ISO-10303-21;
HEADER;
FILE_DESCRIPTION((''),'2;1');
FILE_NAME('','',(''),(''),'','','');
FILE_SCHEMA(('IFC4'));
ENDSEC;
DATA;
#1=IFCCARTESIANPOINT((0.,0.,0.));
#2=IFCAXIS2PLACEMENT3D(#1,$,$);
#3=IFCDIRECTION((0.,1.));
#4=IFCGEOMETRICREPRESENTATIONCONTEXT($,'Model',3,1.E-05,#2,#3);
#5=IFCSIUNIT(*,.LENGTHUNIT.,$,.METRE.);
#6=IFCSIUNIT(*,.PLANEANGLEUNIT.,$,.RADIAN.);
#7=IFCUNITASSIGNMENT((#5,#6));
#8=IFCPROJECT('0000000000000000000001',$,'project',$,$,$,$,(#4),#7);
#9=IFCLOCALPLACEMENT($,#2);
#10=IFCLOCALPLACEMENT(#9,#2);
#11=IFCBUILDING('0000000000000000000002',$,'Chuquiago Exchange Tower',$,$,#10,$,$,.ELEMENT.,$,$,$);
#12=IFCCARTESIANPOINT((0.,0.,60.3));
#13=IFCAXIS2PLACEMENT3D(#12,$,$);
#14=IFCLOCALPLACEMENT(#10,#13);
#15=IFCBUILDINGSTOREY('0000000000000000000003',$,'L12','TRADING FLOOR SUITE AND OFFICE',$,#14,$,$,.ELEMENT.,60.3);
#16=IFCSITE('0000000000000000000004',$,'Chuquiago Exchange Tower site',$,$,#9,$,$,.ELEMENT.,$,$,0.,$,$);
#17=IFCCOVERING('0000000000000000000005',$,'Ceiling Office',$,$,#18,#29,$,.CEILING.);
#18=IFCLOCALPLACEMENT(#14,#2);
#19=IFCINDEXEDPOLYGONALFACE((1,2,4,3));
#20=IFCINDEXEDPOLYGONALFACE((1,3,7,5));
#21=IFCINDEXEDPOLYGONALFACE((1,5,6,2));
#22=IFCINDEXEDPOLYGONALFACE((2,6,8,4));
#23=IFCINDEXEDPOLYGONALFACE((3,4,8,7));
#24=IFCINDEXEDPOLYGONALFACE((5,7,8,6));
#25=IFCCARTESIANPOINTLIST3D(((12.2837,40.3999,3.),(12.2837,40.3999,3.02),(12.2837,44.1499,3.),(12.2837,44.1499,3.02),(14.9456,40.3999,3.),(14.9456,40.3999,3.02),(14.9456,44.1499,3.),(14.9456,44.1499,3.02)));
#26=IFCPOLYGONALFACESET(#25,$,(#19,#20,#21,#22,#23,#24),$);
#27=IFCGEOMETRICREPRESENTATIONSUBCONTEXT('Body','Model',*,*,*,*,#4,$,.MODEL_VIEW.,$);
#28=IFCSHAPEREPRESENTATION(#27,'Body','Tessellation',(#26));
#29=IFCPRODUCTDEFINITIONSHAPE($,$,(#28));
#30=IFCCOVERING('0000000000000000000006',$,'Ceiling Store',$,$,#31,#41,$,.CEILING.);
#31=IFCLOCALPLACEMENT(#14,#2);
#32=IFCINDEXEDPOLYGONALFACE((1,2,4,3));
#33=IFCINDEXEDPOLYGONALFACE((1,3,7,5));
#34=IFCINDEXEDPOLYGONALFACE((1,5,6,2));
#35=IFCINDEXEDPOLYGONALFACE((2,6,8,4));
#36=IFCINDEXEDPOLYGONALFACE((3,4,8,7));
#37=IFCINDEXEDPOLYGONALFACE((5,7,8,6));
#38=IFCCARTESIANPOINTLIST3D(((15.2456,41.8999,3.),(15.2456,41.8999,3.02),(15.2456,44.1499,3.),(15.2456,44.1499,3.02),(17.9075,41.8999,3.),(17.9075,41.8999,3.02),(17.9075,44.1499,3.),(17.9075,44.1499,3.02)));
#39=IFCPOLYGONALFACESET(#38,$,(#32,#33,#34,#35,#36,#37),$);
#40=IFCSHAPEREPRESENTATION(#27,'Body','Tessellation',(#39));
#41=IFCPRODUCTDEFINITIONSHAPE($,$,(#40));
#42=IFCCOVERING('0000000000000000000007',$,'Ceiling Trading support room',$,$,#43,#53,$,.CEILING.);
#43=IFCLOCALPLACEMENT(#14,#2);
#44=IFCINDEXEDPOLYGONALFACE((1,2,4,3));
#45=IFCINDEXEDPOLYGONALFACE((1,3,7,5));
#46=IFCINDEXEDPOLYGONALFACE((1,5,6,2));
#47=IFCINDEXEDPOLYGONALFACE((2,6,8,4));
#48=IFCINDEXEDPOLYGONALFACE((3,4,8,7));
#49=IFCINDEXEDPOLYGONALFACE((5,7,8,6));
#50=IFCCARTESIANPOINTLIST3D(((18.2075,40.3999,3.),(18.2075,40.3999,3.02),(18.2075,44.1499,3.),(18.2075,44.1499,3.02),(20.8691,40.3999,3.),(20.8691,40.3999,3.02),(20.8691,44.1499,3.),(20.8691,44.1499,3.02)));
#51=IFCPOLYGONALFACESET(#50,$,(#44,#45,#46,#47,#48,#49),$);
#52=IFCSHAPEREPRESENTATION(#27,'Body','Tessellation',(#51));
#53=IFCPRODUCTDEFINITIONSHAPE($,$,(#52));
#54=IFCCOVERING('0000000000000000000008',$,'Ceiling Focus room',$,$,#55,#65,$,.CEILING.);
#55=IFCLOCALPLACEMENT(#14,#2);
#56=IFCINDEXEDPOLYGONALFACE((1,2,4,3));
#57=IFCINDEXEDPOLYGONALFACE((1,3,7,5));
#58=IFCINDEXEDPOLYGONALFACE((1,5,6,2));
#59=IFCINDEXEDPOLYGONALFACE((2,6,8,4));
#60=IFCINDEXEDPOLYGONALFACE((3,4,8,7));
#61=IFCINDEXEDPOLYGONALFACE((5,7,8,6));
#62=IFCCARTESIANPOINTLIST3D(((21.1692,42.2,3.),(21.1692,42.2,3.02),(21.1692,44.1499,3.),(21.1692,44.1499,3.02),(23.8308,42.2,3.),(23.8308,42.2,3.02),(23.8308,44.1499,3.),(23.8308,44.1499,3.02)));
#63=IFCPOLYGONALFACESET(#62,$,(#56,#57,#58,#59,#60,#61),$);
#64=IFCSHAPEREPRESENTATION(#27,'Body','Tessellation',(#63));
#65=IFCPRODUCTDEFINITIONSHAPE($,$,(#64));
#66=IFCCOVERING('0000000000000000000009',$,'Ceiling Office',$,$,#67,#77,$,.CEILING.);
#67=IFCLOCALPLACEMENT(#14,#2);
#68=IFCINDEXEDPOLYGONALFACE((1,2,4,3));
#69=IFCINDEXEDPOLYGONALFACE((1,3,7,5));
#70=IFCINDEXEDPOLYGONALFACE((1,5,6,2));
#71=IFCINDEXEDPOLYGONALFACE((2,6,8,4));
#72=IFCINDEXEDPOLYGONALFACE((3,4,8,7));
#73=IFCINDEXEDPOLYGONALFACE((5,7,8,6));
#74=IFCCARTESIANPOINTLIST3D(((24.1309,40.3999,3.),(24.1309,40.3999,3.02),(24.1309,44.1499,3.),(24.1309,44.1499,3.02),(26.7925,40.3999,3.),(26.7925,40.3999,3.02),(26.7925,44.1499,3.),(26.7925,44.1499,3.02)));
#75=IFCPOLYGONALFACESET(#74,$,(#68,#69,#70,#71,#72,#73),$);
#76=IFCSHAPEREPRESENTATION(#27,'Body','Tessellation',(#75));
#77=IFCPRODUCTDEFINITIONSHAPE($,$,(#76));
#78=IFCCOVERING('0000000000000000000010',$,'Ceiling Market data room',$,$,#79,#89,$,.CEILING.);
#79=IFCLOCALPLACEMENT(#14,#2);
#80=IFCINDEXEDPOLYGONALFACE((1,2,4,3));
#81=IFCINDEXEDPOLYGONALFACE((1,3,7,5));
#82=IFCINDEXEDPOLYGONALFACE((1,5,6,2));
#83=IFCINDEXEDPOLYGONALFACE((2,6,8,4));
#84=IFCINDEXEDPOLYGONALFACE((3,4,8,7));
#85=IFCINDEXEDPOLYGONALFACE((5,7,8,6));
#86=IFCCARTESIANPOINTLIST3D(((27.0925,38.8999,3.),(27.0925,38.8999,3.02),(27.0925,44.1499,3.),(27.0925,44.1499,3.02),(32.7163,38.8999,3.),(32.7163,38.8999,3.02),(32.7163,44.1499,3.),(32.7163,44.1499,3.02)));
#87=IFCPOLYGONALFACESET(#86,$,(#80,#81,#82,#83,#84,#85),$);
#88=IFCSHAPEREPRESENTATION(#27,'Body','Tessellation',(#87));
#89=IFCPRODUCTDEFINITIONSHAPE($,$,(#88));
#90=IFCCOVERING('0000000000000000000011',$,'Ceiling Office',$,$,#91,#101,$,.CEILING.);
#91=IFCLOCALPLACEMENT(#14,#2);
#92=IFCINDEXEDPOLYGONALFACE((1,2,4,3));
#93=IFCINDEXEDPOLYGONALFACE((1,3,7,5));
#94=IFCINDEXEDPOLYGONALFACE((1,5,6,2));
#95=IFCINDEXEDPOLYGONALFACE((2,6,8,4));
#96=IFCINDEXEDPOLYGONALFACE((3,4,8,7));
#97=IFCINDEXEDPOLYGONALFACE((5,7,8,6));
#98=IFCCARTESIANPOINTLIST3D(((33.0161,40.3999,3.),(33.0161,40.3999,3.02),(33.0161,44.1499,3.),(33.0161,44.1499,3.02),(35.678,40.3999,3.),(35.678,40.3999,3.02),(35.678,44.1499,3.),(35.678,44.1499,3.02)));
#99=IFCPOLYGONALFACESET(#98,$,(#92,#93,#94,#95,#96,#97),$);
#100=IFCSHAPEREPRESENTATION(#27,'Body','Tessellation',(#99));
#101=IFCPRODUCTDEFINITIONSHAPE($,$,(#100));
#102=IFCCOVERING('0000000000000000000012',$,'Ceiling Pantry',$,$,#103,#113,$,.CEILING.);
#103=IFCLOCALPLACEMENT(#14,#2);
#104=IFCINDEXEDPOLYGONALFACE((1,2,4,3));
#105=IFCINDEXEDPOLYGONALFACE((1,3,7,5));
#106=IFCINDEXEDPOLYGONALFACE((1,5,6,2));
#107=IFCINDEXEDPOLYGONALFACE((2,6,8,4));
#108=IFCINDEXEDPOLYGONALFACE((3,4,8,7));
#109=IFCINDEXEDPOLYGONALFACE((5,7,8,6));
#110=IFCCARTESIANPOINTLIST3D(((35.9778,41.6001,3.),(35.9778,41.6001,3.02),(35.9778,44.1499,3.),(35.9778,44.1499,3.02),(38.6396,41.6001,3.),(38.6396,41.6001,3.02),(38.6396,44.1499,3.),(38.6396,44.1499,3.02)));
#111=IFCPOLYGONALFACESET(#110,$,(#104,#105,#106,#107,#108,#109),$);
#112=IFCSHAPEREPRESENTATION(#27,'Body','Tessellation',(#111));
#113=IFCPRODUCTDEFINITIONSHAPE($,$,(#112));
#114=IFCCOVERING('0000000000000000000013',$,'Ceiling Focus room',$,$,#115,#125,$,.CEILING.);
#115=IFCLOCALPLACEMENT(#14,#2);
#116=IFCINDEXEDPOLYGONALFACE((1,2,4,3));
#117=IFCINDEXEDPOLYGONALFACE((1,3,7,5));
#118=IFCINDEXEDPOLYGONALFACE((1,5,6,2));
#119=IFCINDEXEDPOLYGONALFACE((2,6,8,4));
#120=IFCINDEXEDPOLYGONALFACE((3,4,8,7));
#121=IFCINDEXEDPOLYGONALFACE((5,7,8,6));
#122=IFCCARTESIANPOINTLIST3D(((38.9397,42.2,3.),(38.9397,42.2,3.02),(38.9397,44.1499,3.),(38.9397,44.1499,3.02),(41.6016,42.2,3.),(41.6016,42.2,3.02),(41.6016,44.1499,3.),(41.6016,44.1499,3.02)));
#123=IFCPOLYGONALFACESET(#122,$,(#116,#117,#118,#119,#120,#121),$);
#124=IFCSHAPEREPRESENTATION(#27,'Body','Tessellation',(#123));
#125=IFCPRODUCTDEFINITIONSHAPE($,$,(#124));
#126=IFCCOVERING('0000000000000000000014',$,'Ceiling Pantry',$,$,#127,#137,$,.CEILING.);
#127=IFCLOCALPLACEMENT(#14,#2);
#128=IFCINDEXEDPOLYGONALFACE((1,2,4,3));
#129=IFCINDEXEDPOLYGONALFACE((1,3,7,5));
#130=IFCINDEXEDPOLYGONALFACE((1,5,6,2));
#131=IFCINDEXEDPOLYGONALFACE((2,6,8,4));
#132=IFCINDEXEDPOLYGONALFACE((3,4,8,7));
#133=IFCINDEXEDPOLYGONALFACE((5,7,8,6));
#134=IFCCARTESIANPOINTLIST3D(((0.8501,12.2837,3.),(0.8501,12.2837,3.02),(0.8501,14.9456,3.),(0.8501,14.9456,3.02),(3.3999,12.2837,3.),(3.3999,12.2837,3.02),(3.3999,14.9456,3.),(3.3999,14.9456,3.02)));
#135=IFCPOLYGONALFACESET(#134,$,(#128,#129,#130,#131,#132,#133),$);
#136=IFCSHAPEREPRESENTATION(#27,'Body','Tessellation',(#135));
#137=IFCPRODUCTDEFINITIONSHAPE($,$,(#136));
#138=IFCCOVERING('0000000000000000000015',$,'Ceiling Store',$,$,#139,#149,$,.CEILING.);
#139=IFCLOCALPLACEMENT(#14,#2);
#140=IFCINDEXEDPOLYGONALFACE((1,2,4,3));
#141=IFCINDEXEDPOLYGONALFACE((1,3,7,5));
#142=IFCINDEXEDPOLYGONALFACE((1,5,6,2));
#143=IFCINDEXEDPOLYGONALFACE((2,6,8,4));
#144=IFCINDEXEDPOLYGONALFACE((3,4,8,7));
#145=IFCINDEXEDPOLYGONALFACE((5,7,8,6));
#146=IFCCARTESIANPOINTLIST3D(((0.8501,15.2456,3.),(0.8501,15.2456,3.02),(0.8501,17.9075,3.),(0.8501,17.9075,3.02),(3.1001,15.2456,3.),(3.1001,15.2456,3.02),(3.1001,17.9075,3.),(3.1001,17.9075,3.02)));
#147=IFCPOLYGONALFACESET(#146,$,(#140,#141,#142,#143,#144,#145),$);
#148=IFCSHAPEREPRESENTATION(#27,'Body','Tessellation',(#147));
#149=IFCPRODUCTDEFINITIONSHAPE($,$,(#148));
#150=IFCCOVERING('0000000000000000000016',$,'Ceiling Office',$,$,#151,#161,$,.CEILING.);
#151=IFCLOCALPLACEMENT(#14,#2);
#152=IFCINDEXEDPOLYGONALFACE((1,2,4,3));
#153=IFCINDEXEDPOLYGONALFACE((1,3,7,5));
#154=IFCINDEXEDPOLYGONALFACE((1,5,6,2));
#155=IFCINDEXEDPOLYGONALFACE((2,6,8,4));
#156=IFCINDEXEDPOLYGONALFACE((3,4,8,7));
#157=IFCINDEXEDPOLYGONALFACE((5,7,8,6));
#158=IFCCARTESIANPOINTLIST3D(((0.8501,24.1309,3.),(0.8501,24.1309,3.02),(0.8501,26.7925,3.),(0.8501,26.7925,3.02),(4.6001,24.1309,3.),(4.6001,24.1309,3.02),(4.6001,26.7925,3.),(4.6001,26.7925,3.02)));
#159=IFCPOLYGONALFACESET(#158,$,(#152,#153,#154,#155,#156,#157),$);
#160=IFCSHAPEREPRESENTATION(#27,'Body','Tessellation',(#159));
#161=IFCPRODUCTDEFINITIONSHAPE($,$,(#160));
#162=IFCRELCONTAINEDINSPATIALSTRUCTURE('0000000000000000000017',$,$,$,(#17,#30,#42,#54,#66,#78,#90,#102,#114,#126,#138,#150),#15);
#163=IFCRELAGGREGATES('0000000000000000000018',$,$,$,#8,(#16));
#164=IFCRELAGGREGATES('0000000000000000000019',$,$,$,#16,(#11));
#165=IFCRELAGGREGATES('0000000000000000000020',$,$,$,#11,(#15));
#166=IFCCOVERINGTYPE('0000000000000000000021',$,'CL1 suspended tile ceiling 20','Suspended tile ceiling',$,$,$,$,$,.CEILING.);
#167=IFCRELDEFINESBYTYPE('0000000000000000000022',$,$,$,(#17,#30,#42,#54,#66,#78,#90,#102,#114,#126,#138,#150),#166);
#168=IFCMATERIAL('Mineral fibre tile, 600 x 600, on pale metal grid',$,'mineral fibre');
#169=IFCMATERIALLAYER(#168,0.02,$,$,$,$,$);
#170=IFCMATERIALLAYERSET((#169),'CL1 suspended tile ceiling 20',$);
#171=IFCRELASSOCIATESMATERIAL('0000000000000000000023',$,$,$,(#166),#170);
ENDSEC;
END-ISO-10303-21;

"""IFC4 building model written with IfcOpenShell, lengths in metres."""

from ifc_helpers import new_model, si_unit, direction, frame, origin, place, context, subcontext, project, spatial, polyline, outline, extrude, material, layer, layer_set, type_object, element, save


model = new_model("IFC4")

# Units and contexts
model_context = context("Model", 3, precision=1e-05, world=origin(), true_north=direction((0.0, 1.0)))
body_context = subcontext(model_context, "Body", "Model", "MODEL_VIEW")
ifc_project = project(units=[si_unit("LENGTHUNIT", "METRE"), si_unit("PLANEANGLEUNIT", "RADIAN")], contexts=[model_context])

# Site, building, storey
site_placement = place(None, origin())
site = spatial("IfcSite", under=ifc_project, at=site_placement, Name="Chuquiago Exchange Tower site", CompositionType="ELEMENT", RefElevation=0.0)
building_placement = place(site_placement, origin())
building = spatial("IfcBuilding", under=site, at=building_placement, Name="Chuquiago Exchange Tower", CompositionType="ELEMENT")
storey_placement = place(building_placement, frame((0.0, 0.0, 60.3)))
storey = spatial("IfcBuildingStorey", under=building, at=storey_placement, Name="L12", Description="TRADING FLOOR SUITE AND OFFICE", CompositionType="ELEMENT", Elevation=60.3)

# Coverings
ifc_material_1 = material(Name="Mineral fibre tile, 600 x 600, on pale metal grid", Category="mineral fibre")
ifc_layer_1 = layer(ifc_material_1, 0.02)
ifc_layer_set_1 = layer_set([ifc_layer_1], Name="CL1 suspended tile ceiling 20")
covering_type_1 = type_object("IfcCoveringType", Name="CL1 suspended tile ceiling 20", Description="Suspended tile ceiling", PredefinedType="CEILING", material=ifc_layer_set_1)
covering_1_placement = place(storey_placement, frame((0.0, 0.0, 3.0)))
element("IfcCovering", 1, at=covering_1_placement, inside=storey, type_object=covering_type_1, Name="Ceiling Office", PredefinedType="CEILING", context=body_context, shape_type="SweptSolid", body=[
    extrude(outline(polyline([(14.9456, 40.3999), (12.2837, 40.3999), (12.2837, 44.1499), (14.9456, 44.1499), (14.9456, 40.3999)])), origin(), (0.0, 0.0, 1.0), 0.02),
])
covering_2_placement = place(storey_placement, frame((0.0, 0.0, 3.0)))
element("IfcCovering", 2, at=covering_2_placement, inside=storey, type_object=covering_type_1, Name="Ceiling Store", PredefinedType="CEILING", context=body_context, shape_type="SweptSolid", body=[
    extrude(outline(polyline([(17.9075, 41.8999), (15.2456, 41.8999), (15.2456, 44.1499), (17.9075, 44.1499), (17.9075, 41.8999)])), origin(), (0.0, 0.0, 1.0), 0.02),
])
covering_3_placement = place(storey_placement, frame((0.0, 0.0, 3.0)))
element("IfcCovering", 3, at=covering_3_placement, inside=storey, type_object=covering_type_1, Name="Ceiling Trading support room", PredefinedType="CEILING", context=body_context, shape_type="SweptSolid", body=[
    extrude(outline(polyline([(20.8691, 40.3999), (18.2075, 40.3999), (18.2075, 44.1499), (20.8691, 44.1499), (20.8691, 40.3999)])), origin(), (0.0, 0.0, 1.0), 0.02),
])
covering_4_placement = place(storey_placement, frame((0.0, 0.0, 3.0)))
element("IfcCovering", 4, at=covering_4_placement, inside=storey, type_object=covering_type_1, Name="Ceiling Focus room", PredefinedType="CEILING", context=body_context, shape_type="SweptSolid", body=[
    extrude(outline(polyline([(23.8308, 42.2), (21.1692, 42.2), (21.1692, 44.1499), (23.8308, 44.1499), (23.8308, 42.2)])), origin(), (0.0, 0.0, 1.0), 0.02),
])
covering_5_placement = place(storey_placement, frame((0.0, 0.0, 3.0)))
element("IfcCovering", 5, at=covering_5_placement, inside=storey, type_object=covering_type_1, Name="Ceiling Office", PredefinedType="CEILING", context=body_context, shape_type="SweptSolid", body=[
    extrude(outline(polyline([(26.7925, 40.3999), (24.1309, 40.3999), (24.1309, 44.1499), (26.7925, 44.1499), (26.7925, 40.3999)])), origin(), (0.0, 0.0, 1.0), 0.02),
])
covering_6_placement = place(storey_placement, frame((0.0, 0.0, 3.0)))
element("IfcCovering", 6, at=covering_6_placement, inside=storey, type_object=covering_type_1, Name="Ceiling Market data room", PredefinedType="CEILING", context=body_context, shape_type="SweptSolid", body=[
    extrude(outline(polyline([(32.7163, 38.8999), (27.0925, 38.8999), (27.0925, 44.1499), (32.7163, 44.1499), (32.7163, 38.8999)])), origin(), (0.0, 0.0, 1.0), 0.02),
])
covering_7_placement = place(storey_placement, frame((0.0, 0.0, 3.0)))
element("IfcCovering", 7, at=covering_7_placement, inside=storey, type_object=covering_type_1, Name="Ceiling Office", PredefinedType="CEILING", context=body_context, shape_type="SweptSolid", body=[
    extrude(outline(polyline([(35.678, 40.3999), (33.0161, 40.3999), (33.0161, 44.1499), (35.678, 44.1499), (35.678, 40.3999)])), origin(), (0.0, 0.0, 1.0), 0.02),
])
covering_8_placement = place(storey_placement, frame((0.0, 0.0, 3.0)))
element("IfcCovering", 8, at=covering_8_placement, inside=storey, type_object=covering_type_1, Name="Ceiling Pantry", PredefinedType="CEILING", context=body_context, shape_type="SweptSolid", body=[
    extrude(outline(polyline([(38.6396, 41.6001), (35.9778, 41.6001), (35.9778, 44.1499), (38.6396, 44.1499), (38.6396, 41.6001)])), origin(), (0.0, 0.0, 1.0), 0.02),
])
covering_9_placement = place(storey_placement, frame((0.0, 0.0, 3.0)))
element("IfcCovering", 9, at=covering_9_placement, inside=storey, type_object=covering_type_1, Name="Ceiling Focus room", PredefinedType="CEILING", context=body_context, shape_type="SweptSolid", body=[
    extrude(outline(polyline([(41.6016, 42.2), (38.9397, 42.2), (38.9397, 44.1499), (41.6016, 44.1499), (41.6016, 42.2)])), origin(), (0.0, 0.0, 1.0), 0.02),
])
covering_10_placement = place(storey_placement, frame((0.0, 0.0, 3.0)))
element("IfcCovering", 10, at=covering_10_placement, inside=storey, type_object=covering_type_1, Name="Ceiling Pantry", PredefinedType="CEILING", context=body_context, shape_type="SweptSolid", body=[
    extrude(outline(polyline([(3.3999, 14.9456), (3.3999, 12.2837), (0.8501, 12.2837), (0.8501, 14.9456), (3.3999, 14.9456)])), origin(), (0.0, 0.0, 1.0), 0.02),
])
covering_11_placement = place(storey_placement, frame((0.0, 0.0, 3.0)))
element("IfcCovering", 11, at=covering_11_placement, inside=storey, type_object=covering_type_1, Name="Ceiling Store", PredefinedType="CEILING", context=body_context, shape_type="SweptSolid", body=[
    extrude(outline(polyline([(3.1001, 17.9075), (3.1001, 15.2456), (0.8501, 15.2456), (0.8501, 17.9075), (3.1001, 17.9075)])), origin(), (0.0, 0.0, 1.0), 0.02),
])
covering_12_placement = place(storey_placement, frame((0.0, 0.0, 3.0)))
element("IfcCovering", 12, at=covering_12_placement, inside=storey, type_object=covering_type_1, Name="Ceiling Office", PredefinedType="CEILING", context=body_context, shape_type="SweptSolid", body=[
    extrude(outline(polyline([(4.6001, 26.7925), (4.6001, 24.1309), (0.8501, 24.1309), (0.8501, 26.7925), (4.6001, 26.7925)])), origin(), (0.0, 0.0, 1.0), 0.02),
])

save(model, "model.ifc")
